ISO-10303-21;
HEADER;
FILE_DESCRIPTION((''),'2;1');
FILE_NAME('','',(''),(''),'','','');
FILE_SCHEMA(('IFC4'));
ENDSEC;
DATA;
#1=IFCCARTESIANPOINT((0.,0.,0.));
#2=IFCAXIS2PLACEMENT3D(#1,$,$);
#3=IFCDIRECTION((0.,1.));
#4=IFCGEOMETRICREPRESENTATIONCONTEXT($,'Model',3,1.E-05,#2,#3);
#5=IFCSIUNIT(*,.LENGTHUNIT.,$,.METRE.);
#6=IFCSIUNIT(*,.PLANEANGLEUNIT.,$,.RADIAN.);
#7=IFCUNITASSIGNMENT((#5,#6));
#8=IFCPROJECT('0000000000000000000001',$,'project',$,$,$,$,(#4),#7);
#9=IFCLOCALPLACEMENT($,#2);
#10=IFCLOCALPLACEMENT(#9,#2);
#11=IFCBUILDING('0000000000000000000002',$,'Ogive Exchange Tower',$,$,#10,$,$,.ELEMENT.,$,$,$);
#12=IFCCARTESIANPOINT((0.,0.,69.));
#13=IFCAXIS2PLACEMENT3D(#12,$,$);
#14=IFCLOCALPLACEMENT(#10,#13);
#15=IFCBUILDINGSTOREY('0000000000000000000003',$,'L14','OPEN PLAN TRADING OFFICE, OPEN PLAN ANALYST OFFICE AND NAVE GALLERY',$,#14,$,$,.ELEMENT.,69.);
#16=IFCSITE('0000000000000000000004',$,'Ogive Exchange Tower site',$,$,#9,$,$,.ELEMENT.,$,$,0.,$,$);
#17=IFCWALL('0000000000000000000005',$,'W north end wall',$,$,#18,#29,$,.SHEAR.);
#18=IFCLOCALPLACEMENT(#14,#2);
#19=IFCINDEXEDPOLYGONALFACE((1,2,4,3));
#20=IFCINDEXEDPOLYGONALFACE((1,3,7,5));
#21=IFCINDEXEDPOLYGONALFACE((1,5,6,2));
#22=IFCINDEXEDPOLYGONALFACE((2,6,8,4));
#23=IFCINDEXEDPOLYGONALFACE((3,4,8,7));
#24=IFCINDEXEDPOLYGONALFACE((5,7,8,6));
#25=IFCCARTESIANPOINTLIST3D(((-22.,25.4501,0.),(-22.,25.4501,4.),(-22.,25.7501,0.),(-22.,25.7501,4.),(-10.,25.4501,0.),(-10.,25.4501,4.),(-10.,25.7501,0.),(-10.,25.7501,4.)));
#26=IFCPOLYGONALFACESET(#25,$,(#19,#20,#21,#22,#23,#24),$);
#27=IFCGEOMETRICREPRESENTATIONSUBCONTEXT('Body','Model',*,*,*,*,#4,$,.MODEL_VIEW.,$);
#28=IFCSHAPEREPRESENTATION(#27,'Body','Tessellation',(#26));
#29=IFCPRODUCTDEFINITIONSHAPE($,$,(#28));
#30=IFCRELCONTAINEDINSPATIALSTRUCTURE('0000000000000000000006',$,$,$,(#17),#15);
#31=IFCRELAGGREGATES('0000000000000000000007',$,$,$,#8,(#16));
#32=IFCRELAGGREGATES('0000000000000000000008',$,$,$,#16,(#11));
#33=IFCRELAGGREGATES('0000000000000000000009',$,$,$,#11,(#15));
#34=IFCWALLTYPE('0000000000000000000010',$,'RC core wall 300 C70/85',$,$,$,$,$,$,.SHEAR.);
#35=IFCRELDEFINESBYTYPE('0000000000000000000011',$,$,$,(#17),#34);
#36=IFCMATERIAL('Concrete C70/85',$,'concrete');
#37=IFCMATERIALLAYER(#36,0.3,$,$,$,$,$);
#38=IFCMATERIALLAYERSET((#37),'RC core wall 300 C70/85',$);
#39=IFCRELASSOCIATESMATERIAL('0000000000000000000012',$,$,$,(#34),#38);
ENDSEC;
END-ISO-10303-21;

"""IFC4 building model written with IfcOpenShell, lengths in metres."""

from ifc_helpers import new_model, si_unit, direction, frame, frame_2d, origin, place, context, subcontext, project, spatial, rectangle, extrude, material, layer, layer_set, type_object, element, save


model = new_model("IFC4")

# Units and contexts
model_context = context("Model", 3, precision=1e-05, world=origin(), true_north=direction((0.0, 1.0)))
body_context = subcontext(model_context, "Body", "Model", "MODEL_VIEW")
ifc_project = project(units=[si_unit("LENGTHUNIT", "METRE"), si_unit("PLANEANGLEUNIT", "RADIAN")], contexts=[model_context])

# Site, building, storey
site_placement = place(None, origin())
site = spatial("IfcSite", under=ifc_project, at=site_placement, Name="Ogive Exchange Tower site", CompositionType="ELEMENT", RefElevation=0.0)
building_placement = place(site_placement, origin())
building = spatial("IfcBuilding", under=site, at=building_placement, Name="Ogive Exchange Tower", CompositionType="ELEMENT")
storey_placement = place(building_placement, frame((0.0, 0.0, 69.0)))
storey = spatial("IfcBuildingStorey", under=building, at=storey_placement, Name="L14", Description="OPEN PLAN TRADING OFFICE, OPEN PLAN ANALYST OFFICE AND NAVE GALLERY", CompositionType="ELEMENT", Elevation=69.0)

# Wall
ifc_material_1 = material(Name="Concrete C70/85", Category="concrete")
ifc_layer_1 = layer(ifc_material_1, 0.3)
ifc_layer_set_1 = layer_set([ifc_layer_1], Name="RC core wall 300 C70/85")
wall_type_1 = type_object("IfcWallType", Name="RC core wall 300 C70/85", PredefinedType="SHEAR", material=ifc_layer_set_1)
wall_1_placement = place(storey_placement, frame((-22.0, 25.6001, 0.0), z_axis=(0.0, 0.0, 1.0), x_axis=(1.0, 0.0, 0.0)))
element("IfcWall", 1, at=wall_1_placement, inside=storey, type_object=wall_type_1, Name="W north end wall", PredefinedType="SHEAR", context=body_context, shape_type="SweptSolid", body=[
    extrude(rectangle(XDim=12.0, YDim=0.3, at=frame_2d((6.0, 0.0))), origin(), (0.0, 0.0, 1.0), 4.0),
])

save(model, "model.ifc")
